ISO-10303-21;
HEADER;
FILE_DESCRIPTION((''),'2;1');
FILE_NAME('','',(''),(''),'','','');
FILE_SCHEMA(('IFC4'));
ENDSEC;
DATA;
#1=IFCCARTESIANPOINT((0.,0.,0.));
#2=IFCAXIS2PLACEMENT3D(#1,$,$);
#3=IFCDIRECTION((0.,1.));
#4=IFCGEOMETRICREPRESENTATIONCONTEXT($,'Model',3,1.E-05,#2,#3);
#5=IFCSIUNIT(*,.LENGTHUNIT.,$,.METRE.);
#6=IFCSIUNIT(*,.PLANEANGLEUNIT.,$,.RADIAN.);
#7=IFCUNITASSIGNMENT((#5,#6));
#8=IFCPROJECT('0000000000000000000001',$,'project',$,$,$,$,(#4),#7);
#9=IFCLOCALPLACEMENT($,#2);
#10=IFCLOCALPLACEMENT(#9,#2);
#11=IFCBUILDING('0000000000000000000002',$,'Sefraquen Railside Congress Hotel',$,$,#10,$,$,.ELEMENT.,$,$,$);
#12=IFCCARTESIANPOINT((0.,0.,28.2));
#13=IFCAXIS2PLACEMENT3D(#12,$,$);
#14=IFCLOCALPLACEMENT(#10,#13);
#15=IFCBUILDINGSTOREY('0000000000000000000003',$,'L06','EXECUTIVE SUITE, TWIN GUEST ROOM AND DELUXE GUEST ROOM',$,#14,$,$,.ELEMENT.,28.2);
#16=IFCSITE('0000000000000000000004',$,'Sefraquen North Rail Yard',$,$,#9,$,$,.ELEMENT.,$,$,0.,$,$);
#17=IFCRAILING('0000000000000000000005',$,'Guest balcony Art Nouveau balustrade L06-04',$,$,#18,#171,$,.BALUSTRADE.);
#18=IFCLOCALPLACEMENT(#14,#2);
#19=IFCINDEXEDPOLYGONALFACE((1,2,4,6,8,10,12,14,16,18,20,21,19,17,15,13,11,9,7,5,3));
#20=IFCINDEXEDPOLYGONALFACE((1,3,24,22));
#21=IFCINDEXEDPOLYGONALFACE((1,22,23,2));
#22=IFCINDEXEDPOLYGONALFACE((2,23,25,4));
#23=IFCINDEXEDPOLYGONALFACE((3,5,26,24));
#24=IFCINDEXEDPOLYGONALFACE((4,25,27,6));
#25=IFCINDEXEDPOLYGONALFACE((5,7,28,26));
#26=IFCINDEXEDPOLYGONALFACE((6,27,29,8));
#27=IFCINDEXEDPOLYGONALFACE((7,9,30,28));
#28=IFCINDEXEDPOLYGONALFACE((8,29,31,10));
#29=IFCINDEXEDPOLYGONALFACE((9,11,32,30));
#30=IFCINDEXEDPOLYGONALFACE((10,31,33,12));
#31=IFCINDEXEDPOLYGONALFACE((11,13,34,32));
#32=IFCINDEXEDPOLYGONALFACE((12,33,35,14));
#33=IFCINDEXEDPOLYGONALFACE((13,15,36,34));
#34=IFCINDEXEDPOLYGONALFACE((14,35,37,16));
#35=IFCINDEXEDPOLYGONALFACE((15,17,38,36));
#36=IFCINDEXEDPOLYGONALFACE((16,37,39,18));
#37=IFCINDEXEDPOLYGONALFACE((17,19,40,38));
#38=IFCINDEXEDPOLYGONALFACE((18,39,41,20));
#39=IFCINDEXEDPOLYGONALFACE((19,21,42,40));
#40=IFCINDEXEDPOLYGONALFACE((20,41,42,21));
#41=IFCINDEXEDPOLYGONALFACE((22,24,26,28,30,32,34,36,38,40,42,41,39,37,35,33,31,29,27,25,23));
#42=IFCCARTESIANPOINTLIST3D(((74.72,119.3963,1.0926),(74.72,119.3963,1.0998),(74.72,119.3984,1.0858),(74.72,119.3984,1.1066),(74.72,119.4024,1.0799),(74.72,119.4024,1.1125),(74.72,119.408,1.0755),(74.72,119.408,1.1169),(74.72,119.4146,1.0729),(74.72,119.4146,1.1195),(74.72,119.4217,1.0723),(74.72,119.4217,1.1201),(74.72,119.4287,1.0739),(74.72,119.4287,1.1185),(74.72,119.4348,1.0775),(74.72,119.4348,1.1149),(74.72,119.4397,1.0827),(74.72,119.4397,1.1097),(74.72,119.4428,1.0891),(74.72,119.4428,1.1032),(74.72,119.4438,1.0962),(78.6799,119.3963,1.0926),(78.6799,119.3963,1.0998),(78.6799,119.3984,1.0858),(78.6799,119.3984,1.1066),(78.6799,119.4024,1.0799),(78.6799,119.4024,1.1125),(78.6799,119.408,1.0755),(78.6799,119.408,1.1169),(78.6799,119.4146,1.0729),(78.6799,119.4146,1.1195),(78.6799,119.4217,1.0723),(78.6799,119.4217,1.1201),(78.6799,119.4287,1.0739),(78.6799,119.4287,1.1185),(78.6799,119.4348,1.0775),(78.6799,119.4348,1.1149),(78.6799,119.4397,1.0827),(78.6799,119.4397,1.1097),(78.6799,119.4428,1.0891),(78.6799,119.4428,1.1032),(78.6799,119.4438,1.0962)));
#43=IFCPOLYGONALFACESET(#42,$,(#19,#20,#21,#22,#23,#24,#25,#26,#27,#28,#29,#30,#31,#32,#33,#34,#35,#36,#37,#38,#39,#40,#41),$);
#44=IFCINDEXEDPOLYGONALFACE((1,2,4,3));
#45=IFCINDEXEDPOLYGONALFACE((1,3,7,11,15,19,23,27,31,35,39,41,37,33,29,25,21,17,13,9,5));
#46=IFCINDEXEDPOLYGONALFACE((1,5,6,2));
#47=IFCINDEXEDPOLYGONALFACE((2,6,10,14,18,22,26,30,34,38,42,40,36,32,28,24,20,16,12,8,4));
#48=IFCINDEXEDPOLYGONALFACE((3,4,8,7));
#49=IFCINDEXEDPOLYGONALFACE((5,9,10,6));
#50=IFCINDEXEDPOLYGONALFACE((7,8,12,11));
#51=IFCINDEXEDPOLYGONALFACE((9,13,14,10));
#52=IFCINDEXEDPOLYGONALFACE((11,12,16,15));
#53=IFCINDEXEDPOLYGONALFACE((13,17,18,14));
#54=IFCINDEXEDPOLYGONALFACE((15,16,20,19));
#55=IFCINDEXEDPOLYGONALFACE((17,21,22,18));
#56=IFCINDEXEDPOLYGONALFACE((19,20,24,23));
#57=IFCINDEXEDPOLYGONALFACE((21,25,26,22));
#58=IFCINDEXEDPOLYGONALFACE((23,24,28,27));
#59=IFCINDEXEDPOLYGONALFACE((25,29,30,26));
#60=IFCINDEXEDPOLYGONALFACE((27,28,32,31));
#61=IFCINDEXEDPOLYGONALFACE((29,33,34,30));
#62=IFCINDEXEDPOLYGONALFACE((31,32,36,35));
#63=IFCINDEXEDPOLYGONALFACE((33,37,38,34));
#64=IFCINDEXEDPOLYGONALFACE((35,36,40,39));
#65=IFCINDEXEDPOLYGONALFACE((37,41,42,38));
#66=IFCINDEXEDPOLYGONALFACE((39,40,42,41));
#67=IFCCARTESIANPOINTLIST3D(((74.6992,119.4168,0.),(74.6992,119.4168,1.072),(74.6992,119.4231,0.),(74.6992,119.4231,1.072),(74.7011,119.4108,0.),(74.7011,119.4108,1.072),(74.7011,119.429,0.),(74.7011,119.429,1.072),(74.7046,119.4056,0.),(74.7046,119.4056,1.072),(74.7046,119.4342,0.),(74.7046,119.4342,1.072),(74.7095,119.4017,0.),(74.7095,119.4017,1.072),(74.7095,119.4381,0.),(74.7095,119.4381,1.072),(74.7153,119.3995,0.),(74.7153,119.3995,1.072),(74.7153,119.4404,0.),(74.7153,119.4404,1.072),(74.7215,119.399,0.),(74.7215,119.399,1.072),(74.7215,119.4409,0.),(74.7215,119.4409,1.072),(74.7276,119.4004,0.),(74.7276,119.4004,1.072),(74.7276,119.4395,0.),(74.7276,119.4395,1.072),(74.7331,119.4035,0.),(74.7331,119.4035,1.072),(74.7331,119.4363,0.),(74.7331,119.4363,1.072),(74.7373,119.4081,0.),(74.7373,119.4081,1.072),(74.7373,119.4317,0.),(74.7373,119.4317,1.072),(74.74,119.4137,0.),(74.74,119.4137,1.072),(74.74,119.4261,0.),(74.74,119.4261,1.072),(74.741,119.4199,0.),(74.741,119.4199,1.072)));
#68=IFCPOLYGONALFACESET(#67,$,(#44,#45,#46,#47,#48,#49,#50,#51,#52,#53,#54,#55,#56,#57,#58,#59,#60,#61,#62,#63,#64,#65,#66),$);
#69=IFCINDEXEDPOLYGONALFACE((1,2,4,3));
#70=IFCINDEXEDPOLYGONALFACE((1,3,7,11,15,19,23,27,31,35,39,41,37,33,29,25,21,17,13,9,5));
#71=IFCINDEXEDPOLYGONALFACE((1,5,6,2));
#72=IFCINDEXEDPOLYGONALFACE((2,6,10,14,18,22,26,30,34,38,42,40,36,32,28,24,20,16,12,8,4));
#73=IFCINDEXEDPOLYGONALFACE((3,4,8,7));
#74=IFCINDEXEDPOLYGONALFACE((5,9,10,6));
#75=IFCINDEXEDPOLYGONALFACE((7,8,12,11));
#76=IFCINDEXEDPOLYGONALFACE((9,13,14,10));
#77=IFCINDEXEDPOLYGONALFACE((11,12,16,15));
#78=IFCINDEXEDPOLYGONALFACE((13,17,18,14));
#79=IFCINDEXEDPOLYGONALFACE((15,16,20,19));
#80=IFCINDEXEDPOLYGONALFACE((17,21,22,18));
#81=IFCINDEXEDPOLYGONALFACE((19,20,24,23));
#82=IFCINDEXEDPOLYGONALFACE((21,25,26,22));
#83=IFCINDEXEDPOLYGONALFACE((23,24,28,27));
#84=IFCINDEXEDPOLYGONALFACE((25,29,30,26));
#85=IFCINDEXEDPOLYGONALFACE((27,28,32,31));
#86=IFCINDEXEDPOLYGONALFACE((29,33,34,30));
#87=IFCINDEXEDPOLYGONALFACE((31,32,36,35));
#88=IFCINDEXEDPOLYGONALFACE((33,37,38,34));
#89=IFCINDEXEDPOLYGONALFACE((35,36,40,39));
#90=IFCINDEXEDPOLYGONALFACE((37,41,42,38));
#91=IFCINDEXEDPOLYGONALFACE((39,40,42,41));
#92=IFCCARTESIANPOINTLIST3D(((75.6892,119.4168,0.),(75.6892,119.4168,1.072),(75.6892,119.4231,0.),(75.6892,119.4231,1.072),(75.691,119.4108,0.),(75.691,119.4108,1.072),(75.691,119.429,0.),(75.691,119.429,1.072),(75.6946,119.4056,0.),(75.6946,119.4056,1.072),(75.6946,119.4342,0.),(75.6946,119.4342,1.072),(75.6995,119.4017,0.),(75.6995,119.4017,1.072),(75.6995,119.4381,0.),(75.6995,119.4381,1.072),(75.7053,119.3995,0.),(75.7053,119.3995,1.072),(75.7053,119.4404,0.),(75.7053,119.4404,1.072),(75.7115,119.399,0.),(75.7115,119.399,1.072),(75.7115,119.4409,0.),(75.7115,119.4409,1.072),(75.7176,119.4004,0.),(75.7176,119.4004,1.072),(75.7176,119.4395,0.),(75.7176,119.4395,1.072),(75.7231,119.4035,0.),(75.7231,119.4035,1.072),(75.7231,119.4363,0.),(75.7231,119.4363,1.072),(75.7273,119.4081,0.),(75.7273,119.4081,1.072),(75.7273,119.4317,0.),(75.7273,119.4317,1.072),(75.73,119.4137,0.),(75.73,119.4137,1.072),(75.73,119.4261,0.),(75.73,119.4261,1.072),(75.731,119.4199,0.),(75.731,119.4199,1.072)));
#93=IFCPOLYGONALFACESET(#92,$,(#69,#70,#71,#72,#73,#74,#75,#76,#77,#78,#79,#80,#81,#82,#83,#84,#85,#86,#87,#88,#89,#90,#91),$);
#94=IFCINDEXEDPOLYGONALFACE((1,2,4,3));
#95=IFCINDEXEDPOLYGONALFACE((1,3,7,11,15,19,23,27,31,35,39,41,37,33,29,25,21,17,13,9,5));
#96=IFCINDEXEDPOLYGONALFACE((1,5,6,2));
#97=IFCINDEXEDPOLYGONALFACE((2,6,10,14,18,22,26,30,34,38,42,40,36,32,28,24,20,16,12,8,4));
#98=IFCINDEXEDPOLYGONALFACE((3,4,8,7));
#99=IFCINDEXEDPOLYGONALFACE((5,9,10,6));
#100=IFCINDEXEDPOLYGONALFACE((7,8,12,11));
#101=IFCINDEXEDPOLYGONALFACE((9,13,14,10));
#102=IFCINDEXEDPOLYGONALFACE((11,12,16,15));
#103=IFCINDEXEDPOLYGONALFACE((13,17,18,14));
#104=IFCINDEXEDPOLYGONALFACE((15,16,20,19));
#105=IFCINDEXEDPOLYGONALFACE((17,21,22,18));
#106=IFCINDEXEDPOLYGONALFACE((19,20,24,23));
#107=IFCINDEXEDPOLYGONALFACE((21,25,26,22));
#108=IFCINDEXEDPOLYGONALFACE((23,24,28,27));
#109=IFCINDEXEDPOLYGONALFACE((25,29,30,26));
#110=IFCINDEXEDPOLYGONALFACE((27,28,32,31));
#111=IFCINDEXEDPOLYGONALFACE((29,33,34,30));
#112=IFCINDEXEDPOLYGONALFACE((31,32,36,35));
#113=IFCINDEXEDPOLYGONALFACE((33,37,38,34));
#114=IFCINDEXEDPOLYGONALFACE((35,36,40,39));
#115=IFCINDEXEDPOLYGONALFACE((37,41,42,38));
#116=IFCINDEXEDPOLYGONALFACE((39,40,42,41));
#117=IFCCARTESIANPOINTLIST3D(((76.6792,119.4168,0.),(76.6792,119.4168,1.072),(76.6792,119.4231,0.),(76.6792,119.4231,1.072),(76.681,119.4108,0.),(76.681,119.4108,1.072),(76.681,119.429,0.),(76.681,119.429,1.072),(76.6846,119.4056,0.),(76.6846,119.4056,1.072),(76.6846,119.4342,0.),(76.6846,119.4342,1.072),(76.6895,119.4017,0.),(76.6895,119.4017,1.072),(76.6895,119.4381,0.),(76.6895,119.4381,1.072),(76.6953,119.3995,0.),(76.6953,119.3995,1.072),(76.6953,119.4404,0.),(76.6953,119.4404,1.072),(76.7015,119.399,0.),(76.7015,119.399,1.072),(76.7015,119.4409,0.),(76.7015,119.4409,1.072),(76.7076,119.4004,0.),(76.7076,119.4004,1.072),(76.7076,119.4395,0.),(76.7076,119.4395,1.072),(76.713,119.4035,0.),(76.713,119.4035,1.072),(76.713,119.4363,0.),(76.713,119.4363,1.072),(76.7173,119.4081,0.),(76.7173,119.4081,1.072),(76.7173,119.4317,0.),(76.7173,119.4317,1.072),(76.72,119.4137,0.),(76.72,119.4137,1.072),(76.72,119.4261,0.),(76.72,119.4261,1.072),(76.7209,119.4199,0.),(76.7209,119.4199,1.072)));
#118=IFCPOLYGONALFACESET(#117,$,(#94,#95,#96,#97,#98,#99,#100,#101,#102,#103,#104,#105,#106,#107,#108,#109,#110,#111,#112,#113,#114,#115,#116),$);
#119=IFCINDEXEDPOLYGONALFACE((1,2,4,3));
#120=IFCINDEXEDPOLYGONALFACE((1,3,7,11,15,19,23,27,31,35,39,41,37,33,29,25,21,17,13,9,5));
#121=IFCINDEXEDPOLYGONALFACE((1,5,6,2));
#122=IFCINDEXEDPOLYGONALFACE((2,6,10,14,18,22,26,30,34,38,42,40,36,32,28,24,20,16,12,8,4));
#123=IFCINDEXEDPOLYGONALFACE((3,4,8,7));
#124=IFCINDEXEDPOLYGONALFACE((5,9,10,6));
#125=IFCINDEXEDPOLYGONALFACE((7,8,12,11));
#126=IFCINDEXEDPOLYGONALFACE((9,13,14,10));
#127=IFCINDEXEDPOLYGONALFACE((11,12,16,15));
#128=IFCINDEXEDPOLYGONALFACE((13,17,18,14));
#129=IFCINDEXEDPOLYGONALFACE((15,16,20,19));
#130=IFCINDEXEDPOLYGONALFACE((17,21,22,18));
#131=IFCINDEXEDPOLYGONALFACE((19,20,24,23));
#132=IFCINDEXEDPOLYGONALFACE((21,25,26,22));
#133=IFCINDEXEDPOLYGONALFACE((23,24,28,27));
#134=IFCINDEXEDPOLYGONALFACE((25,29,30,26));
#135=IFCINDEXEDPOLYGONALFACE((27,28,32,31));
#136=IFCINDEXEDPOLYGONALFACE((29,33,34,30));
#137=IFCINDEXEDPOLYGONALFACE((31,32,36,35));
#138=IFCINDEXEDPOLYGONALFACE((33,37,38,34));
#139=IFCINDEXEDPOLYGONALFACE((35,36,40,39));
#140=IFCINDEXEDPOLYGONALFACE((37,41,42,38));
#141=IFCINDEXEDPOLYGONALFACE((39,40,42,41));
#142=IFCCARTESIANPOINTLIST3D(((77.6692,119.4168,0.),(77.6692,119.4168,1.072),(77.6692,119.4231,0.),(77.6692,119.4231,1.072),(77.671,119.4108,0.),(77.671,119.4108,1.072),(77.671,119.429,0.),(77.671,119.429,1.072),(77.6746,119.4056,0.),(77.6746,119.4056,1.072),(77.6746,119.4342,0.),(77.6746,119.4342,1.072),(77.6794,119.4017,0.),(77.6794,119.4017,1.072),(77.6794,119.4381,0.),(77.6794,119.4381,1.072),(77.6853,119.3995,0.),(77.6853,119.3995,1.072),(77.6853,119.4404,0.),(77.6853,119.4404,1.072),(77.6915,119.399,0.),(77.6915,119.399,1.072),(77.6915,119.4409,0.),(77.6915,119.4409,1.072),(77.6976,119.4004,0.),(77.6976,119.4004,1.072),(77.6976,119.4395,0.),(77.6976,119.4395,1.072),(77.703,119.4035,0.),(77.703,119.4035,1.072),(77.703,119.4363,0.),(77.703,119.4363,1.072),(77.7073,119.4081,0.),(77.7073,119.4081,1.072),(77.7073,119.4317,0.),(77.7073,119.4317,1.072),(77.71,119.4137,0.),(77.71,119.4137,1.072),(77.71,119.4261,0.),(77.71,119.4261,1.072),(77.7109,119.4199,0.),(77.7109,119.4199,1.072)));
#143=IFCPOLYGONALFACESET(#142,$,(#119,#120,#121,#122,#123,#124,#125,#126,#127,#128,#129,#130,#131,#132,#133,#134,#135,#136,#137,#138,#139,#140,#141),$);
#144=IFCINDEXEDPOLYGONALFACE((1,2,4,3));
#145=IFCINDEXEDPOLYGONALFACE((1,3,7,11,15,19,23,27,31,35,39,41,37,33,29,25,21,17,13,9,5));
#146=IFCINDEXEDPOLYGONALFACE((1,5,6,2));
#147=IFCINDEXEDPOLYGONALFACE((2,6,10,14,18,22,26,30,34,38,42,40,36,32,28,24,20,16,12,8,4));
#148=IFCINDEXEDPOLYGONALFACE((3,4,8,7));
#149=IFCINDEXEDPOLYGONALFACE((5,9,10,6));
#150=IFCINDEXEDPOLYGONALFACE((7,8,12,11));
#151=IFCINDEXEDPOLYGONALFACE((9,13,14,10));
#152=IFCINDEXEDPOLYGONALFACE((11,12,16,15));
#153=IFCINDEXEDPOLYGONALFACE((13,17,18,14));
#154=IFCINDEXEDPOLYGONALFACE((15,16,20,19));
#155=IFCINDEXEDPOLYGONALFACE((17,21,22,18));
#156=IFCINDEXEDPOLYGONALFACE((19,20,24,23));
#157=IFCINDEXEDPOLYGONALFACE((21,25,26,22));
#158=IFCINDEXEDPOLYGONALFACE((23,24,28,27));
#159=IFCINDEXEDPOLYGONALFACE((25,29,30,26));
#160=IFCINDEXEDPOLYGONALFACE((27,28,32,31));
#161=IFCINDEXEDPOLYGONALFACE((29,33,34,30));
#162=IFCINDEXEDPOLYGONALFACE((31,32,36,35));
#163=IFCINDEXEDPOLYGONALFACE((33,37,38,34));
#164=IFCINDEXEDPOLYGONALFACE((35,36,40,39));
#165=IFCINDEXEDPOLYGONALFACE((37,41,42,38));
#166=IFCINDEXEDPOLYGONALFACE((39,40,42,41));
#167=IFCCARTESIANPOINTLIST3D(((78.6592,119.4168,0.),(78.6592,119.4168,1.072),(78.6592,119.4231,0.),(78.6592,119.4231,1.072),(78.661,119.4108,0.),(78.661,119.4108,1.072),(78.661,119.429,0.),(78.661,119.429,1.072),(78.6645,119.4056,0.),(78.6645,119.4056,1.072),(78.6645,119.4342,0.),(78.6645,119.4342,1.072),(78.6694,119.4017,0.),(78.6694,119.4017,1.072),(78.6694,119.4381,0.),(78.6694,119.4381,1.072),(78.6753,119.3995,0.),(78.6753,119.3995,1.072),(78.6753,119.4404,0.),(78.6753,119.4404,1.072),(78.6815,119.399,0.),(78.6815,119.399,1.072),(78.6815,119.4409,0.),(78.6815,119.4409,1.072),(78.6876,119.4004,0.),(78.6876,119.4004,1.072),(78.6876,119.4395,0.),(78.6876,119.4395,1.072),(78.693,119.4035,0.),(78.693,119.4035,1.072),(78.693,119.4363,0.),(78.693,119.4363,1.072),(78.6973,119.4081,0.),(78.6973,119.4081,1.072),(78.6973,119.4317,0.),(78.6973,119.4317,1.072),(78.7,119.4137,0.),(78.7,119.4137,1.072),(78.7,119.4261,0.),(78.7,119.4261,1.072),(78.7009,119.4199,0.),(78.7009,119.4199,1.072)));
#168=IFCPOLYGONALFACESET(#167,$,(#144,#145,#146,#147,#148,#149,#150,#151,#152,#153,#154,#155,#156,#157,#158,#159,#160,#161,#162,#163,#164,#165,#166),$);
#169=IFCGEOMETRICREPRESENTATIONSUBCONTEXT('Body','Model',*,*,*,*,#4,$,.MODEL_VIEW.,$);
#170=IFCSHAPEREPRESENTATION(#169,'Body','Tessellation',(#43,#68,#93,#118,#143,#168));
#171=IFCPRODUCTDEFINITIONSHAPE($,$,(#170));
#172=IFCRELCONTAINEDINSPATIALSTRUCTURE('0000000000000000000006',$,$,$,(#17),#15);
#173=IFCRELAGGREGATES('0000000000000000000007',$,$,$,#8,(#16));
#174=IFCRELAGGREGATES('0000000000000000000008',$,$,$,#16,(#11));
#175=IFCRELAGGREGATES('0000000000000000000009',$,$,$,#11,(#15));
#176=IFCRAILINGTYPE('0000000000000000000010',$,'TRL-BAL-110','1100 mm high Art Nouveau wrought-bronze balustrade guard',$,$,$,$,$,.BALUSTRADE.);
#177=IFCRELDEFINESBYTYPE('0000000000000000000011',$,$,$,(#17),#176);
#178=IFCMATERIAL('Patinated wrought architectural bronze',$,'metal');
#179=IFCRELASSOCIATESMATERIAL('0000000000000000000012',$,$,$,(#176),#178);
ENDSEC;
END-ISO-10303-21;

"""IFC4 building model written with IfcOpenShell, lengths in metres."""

from ifc_helpers import new_model, si_unit, direction, frame, origin, origin_2d, place, context, subcontext, project, spatial, circle, extrude, material, type_object, element, save


model = new_model("IFC4")

# Units and contexts
model_context = context("Model", 3, precision=1e-05, world=origin(), true_north=direction((0.0, 1.0)))
body_context = subcontext(model_context, "Body", "Model", "MODEL_VIEW")
ifc_project = project(units=[si_unit("LENGTHUNIT", "METRE"), si_unit("PLANEANGLEUNIT", "RADIAN")], contexts=[model_context])

# Site, building, storey
site_placement = place(None, origin())
site = spatial("IfcSite", under=ifc_project, at=site_placement, Name="Sefraquen North Rail Yard", CompositionType="ELEMENT", RefElevation=0.0)
building_placement = place(site_placement, origin())
building = spatial("IfcBuilding", under=site, at=building_placement, Name="Sefraquen Railside Congress Hotel", CompositionType="ELEMENT")
storey_placement = place(building_placement, frame((0.0, 0.0, 28.2)))
storey = spatial("IfcBuildingStorey", under=building, at=storey_placement, Name="L06", Description="EXECUTIVE SUITE, TWIN GUEST ROOM AND DELUXE GUEST ROOM", CompositionType="ELEMENT", Elevation=28.2)

# Railing
ifc_material_1 = material(Name="Patinated wrought architectural bronze", Category="metal")
railing_type = type_object("IfcRailingType", Name="TRL-BAL-110", Description="1100 mm high Art Nouveau wrought-bronze balustrade guard", PredefinedType="BALUSTRADE", material=ifc_material_1)
railing_1_placement = place(storey_placement, frame((74.72, 119.4199, 0.0)))
element("IfcRailing", 1, at=railing_1_placement, inside=storey, type_object=railing_type, Name="Guest balcony Art Nouveau balustrade L06-04", PredefinedType="BALUSTRADE", context=body_context, shape_type="SweptSolid", body=[
    extrude(circle(Radius=0.0239, at=origin_2d()), frame((0.0, 0.0, 1.0962), z_axis=(1.0, 0.0, 0.0), x_axis=(0.0, 1.0, 0.0)), (0.0, 0.0, 1.0), 3.96),
    extrude(circle(Radius=0.021, at=origin_2d()), origin(), (0.0, 0.0, 1.0), 1.072),
    extrude(circle(Radius=0.021, at=origin_2d()), frame((0.99, 0.0, 0.0)), (0.0, 0.0, 1.0), 1.072),
    extrude(circle(Radius=0.021, at=origin_2d()), frame((1.98, 0.0, 0.0)), (0.0, 0.0, 1.0), 1.072),
    extrude(circle(Radius=0.021, at=origin_2d()), frame((2.97, 0.0, 0.0)), (0.0, 0.0, 1.0), 1.072),
    extrude(circle(Radius=0.021, at=origin_2d()), frame((3.96, 0.0, 0.0)), (0.0, 0.0, 1.0), 1.072),
])

save(model, "model.ifc")
